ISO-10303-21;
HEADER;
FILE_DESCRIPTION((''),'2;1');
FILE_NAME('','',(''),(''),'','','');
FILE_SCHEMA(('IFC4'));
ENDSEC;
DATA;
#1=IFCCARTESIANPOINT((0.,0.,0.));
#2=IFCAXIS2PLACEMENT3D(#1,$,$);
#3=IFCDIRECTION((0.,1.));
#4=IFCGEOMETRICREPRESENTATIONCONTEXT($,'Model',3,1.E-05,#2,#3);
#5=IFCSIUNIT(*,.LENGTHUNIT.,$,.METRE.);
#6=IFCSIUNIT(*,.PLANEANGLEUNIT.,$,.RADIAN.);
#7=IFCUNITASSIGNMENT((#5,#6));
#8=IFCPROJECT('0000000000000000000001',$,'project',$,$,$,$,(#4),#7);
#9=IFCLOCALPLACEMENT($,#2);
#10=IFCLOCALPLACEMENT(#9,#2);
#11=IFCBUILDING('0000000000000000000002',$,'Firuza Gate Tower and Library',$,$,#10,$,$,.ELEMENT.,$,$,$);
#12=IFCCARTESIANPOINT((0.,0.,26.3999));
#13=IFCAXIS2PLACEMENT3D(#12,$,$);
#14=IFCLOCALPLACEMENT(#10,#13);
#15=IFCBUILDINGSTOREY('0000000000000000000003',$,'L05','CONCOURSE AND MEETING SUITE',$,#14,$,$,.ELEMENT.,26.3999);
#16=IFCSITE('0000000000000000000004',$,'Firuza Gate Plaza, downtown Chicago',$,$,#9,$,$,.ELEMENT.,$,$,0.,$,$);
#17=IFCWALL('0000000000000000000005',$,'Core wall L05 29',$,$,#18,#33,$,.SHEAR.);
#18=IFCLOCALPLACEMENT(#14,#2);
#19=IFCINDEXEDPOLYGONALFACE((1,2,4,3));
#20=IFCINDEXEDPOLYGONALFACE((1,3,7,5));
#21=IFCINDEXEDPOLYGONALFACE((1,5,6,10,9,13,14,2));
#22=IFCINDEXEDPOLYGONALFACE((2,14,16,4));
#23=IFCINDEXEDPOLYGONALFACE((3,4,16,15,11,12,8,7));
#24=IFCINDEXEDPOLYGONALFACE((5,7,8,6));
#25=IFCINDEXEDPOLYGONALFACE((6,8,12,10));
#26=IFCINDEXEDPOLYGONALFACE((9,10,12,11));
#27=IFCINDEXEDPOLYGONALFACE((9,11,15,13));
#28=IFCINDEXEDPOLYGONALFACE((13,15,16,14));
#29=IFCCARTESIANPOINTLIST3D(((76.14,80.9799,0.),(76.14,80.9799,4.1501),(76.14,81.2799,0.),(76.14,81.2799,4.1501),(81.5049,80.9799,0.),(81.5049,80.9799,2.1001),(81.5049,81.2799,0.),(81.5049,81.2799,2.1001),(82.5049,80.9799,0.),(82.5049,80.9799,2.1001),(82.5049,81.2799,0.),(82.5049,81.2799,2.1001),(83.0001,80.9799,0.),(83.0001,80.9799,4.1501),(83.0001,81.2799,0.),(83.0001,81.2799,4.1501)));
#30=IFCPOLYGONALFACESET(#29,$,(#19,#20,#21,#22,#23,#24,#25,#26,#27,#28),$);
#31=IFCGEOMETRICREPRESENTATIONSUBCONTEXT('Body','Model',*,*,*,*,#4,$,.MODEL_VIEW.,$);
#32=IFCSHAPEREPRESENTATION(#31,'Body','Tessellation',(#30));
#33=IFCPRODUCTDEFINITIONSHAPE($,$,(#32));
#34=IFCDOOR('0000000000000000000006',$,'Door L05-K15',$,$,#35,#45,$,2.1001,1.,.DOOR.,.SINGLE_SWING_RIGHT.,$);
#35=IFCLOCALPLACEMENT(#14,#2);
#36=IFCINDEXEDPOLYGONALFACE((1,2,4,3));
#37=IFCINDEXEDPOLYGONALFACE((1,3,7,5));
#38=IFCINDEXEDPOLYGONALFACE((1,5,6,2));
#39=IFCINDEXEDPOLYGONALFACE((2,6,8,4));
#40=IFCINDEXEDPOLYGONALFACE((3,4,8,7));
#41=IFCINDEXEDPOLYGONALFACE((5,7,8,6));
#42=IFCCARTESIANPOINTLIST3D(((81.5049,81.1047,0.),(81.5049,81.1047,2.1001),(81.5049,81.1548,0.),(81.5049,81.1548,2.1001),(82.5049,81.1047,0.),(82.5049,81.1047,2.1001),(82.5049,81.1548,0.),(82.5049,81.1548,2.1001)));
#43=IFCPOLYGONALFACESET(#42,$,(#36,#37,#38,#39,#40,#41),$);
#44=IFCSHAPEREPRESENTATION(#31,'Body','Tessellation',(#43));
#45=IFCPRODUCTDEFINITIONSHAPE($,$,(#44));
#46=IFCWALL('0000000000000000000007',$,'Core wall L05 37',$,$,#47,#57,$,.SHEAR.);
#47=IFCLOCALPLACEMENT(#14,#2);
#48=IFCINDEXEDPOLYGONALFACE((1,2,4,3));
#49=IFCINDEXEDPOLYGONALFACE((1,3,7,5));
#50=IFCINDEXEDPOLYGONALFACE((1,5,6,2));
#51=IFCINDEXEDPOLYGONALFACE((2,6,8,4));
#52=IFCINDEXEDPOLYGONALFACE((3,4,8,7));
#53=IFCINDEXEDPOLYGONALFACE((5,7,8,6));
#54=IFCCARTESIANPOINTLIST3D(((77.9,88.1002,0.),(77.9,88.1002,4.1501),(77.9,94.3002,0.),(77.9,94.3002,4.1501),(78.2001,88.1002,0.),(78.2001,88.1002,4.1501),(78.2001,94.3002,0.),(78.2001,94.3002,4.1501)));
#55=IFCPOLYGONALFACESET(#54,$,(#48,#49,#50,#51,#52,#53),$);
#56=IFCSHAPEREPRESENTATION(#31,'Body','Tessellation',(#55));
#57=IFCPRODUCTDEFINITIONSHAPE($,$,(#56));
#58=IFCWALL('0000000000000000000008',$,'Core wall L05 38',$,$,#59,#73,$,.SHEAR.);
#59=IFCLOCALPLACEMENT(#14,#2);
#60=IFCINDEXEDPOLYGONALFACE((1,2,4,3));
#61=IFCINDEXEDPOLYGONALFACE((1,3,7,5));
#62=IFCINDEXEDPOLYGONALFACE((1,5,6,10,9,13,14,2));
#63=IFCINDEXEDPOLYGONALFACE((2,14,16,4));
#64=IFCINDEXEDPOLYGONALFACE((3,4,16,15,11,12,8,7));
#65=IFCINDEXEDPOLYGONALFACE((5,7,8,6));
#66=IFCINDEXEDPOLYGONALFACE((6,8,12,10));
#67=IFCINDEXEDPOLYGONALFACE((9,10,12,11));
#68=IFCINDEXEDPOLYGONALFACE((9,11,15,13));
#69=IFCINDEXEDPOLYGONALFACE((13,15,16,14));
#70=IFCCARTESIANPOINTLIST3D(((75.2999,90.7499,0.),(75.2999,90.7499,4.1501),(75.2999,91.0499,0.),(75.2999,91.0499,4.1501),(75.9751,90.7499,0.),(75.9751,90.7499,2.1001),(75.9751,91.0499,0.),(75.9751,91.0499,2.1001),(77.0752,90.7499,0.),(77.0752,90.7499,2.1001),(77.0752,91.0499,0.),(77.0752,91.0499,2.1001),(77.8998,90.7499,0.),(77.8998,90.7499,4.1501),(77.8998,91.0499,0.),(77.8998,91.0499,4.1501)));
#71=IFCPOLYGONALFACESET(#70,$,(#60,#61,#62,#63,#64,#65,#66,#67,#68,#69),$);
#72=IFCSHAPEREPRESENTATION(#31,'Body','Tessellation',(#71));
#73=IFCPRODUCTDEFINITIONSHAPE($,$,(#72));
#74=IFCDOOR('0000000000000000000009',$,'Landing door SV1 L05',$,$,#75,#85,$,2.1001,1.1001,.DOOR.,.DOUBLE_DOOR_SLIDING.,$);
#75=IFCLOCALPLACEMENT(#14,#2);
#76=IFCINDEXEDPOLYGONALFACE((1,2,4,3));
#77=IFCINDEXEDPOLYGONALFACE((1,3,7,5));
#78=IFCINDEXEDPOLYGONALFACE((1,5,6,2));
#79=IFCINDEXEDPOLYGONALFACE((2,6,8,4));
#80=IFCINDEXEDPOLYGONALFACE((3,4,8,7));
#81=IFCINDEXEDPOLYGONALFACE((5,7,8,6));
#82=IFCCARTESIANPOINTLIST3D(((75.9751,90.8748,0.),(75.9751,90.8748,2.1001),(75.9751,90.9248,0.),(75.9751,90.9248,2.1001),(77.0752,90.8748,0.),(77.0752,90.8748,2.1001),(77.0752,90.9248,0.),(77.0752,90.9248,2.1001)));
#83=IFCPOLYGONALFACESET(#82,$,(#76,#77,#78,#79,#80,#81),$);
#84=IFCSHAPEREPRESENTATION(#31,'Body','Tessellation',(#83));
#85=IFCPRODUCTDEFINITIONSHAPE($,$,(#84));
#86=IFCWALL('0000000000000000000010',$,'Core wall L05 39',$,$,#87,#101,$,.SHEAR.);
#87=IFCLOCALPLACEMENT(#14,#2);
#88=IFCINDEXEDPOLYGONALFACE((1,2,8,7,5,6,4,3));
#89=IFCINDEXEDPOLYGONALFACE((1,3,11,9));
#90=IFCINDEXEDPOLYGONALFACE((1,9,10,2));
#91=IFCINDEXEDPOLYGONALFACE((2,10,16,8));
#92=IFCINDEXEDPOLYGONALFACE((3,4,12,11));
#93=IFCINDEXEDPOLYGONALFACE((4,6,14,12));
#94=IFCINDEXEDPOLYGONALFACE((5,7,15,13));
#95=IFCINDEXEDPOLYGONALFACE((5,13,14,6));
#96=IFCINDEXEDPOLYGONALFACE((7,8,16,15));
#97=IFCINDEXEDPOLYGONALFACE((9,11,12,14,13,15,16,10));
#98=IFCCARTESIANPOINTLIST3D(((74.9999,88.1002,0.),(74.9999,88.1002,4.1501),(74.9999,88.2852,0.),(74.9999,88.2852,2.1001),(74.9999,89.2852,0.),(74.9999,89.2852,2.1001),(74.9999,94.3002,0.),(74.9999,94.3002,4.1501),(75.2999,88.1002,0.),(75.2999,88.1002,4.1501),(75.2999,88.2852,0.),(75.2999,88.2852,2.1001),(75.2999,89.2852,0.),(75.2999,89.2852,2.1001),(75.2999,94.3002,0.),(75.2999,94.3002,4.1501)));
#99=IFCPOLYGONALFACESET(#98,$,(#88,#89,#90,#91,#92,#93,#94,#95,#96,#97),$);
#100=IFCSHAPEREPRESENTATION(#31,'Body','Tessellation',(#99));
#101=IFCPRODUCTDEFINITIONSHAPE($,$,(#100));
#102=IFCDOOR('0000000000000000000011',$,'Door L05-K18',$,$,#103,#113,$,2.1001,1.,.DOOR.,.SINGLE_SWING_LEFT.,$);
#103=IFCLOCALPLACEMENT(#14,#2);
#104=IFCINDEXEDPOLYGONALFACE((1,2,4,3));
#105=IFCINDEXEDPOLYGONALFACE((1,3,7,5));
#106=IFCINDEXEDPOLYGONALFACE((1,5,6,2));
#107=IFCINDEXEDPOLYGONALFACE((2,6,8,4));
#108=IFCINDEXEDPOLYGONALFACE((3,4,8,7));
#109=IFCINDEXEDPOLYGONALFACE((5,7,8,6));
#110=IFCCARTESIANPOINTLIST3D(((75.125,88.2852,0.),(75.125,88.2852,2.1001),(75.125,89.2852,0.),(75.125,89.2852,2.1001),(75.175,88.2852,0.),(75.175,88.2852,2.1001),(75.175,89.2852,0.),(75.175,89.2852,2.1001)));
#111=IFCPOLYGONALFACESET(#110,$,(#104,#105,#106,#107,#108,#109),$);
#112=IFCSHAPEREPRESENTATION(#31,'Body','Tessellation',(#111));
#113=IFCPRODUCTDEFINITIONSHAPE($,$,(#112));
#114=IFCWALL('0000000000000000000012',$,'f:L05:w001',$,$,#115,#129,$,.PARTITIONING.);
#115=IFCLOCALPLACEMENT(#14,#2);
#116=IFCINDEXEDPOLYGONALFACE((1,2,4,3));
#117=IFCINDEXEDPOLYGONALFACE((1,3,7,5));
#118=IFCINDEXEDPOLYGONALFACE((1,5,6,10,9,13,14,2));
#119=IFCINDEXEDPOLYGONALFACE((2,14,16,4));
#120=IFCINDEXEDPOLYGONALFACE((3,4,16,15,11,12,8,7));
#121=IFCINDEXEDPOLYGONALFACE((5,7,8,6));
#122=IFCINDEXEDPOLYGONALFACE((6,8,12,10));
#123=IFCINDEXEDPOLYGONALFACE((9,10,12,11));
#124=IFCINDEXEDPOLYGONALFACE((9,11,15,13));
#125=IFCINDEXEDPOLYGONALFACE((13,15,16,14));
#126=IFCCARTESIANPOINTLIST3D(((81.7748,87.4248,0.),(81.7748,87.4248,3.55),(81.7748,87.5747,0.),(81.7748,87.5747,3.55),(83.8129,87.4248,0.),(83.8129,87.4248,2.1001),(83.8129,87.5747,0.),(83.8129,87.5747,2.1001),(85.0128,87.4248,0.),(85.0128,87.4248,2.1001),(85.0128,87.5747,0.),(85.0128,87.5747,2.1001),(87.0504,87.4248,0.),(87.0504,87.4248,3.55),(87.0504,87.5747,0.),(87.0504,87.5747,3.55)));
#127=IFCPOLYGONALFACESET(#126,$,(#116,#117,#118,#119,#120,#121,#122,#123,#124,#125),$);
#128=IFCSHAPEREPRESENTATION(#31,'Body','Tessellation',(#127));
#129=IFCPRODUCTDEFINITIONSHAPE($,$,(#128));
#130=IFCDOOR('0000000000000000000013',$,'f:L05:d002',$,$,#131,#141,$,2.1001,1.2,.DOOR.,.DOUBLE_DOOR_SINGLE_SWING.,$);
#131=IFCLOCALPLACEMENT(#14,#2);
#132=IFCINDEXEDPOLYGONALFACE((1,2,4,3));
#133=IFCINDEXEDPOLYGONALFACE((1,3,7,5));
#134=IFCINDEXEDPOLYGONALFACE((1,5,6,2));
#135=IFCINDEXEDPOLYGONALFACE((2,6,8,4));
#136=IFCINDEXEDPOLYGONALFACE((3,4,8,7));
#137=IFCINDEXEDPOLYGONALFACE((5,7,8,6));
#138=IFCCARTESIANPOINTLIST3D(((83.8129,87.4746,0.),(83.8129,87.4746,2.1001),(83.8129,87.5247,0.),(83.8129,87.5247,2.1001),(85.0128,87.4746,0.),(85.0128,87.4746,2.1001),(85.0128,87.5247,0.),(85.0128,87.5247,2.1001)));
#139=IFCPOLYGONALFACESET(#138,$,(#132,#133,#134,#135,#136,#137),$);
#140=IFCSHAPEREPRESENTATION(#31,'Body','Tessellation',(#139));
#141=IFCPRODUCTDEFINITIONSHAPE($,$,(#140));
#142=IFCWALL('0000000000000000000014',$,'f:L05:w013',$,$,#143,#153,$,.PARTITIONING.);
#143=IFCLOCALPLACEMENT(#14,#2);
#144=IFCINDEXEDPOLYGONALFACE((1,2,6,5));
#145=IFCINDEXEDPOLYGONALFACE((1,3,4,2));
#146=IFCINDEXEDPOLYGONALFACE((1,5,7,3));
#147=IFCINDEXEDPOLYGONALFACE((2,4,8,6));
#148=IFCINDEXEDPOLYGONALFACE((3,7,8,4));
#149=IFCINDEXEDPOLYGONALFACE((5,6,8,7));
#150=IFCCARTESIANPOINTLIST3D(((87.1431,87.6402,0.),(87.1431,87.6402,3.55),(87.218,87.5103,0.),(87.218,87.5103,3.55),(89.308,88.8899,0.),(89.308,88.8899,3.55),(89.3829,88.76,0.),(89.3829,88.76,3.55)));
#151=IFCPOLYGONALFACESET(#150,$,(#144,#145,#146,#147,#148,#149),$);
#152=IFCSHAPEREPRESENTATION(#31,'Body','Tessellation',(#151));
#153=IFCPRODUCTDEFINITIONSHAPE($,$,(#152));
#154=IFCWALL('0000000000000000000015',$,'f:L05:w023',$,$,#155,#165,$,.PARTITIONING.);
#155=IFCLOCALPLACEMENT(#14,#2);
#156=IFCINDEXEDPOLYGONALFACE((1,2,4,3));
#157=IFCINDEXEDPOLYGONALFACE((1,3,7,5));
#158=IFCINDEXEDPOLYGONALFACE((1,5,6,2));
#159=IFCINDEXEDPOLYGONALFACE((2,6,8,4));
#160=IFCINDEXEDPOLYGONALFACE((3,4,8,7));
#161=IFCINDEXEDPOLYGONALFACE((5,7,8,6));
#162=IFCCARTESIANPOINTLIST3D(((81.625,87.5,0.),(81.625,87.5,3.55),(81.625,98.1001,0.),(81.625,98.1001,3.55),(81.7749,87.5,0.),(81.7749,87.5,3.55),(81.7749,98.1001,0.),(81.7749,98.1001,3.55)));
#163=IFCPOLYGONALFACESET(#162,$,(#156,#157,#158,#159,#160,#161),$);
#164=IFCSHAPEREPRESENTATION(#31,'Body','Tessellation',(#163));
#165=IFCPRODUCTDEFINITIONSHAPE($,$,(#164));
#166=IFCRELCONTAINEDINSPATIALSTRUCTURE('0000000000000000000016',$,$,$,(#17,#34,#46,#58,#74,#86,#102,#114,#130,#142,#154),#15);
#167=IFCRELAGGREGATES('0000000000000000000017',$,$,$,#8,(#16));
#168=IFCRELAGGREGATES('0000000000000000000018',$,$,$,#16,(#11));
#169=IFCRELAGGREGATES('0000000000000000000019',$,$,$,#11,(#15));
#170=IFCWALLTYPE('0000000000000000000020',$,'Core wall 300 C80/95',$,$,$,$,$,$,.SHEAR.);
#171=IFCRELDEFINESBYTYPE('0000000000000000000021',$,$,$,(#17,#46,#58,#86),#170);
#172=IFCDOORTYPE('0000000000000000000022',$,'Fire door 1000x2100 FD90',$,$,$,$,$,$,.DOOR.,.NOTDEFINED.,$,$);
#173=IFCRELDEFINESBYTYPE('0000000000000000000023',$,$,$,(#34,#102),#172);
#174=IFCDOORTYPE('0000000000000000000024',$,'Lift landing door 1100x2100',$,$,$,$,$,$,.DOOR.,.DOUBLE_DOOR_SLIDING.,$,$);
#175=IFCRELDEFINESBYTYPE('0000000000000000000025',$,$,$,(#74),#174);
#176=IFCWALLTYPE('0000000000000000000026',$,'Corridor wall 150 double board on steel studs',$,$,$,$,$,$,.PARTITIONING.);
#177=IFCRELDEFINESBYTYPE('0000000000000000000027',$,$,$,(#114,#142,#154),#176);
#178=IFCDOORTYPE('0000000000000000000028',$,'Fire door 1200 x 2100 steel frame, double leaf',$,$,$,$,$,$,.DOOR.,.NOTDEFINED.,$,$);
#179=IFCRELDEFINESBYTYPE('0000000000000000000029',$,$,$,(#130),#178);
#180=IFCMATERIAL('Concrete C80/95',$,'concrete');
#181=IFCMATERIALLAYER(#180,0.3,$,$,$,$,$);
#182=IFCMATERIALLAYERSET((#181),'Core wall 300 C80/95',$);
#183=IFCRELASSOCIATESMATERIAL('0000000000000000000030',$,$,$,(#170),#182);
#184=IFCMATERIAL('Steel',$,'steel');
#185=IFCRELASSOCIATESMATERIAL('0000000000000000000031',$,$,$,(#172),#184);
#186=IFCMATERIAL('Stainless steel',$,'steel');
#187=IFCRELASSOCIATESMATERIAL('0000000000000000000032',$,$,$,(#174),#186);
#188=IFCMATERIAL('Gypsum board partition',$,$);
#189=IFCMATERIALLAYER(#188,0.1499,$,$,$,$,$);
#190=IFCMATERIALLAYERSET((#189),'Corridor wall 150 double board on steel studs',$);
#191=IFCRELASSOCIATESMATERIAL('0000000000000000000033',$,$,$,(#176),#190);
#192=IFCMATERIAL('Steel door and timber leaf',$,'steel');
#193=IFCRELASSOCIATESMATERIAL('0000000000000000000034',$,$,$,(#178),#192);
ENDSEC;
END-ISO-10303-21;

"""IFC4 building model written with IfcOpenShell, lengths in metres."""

from ifc_helpers import new_model, si_unit, direction, frame, frame_2d, origin, place, context, subcontext, project, spatial, rectangle, extrude, material, layer, layer_set, type_object, element, fill, save


model = new_model("IFC4")

# Units and contexts
model_context = context("Model", 3, precision=1e-05, world=origin(), true_north=direction((0.0, 1.0)))
body_context = subcontext(model_context, "Body", "Model", "MODEL_VIEW")
ifc_project = project(units=[si_unit("LENGTHUNIT", "METRE"), si_unit("PLANEANGLEUNIT", "RADIAN")], contexts=[model_context])

# Site, building, storey
site_placement = place(None, origin())
site = spatial("IfcSite", under=ifc_project, at=site_placement, Name="Firuza Gate Plaza, downtown Chicago", CompositionType="ELEMENT", RefElevation=0.0)
building_placement = place(site_placement, origin())
building = spatial("IfcBuilding", under=site, at=building_placement, Name="Firuza Gate Tower and Library", CompositionType="ELEMENT")
storey_placement = place(building_placement, frame((0.0, 0.0, 26.3999)))
storey = spatial("IfcBuildingStorey", under=building, at=storey_placement, Name="L05", Description="CONCOURSE AND MEETING SUITE", CompositionType="ELEMENT", Elevation=26.3999)

# Wall, opening, door
ifc_material_1 = material(Name="Concrete C80/95", Category="concrete")
ifc_layer_1 = layer(ifc_material_1, 0.3)
ifc_layer_set_1 = layer_set([ifc_layer_1], Name="Core wall 300 C80/95")
wall_type_1 = type_object("IfcWallType", Name="Core wall 300 C80/95", PredefinedType="SHEAR", material=ifc_layer_set_1)
wall_1_placement = place(storey_placement, frame((76.1399, 81.1299, 0.0), z_axis=(0.0, 0.0, 1.0), x_axis=(1.0, 0.0, 0.0)))
wall_1 = element("IfcWall", 1, at=wall_1_placement, inside=storey, type_object=wall_type_1, Name="Core wall L05 29", PredefinedType="SHEAR", context=body_context, shape_type="SweptSolid", body=[
    extrude(rectangle(XDim=6.8601, YDim=0.3, at=frame_2d((3.4302, 0.0))), origin(), (0.0, 0.0, 1.0), 4.1501),
])
opening_1_placement = place(wall_1_placement, frame((5.365, 0.0, 0.0)))
opening_1 = element("IfcOpeningElement", 2, at=opening_1_placement, cuts=wall_1, PredefinedType="OPENING", context=body_context, shape_type="SweptSolid", body=[
    extrude(rectangle(XDim=1.0, YDim=2.1001, at=frame_2d((0.5, 1.05))), frame((0.0, 0.1602, 0.0), z_axis=(0.0, -1.0, 0.0), x_axis=(1.0, 0.0, 0.0)), (0.0, 0.0, 1.0), 0.3201),
])
ifc_material_2 = material(Name="Steel", Category="steel")
door_type_1 = type_object("IfcDoorType", Name="Fire door 1000x2100 FD90", OperationType="NOTDEFINED", PredefinedType="DOOR", material=ifc_material_2)
door_1_placement = place(opening_1_placement, origin())
door_1 = element("IfcDoor", 3, at=door_1_placement, inside=storey, type_object=door_type_1, Name="Door L05-K15", OperationType="SINGLE_SWING_RIGHT", OverallHeight=2.1001, OverallWidth=1.0, PredefinedType="DOOR", context=body_context, shape_type="SweptSolid", body=[
    extrude(rectangle(XDim=1.0, YDim=2.1001, at=frame_2d((0.5, 1.05))), frame((0.0, 0.0249, 0.0), z_axis=(0.0, -1.0, 0.0), x_axis=(1.0, 0.0, 0.0)), (0.0, 0.0, 1.0), 0.05),
])
fill(opening_1, door_1)

# Wall
wall_2_placement = place(storey_placement, frame((78.05, 88.1001, 0.0), z_axis=(0.0, 0.0, 1.0), x_axis=(0.0, 1.0, 0.0)))
element("IfcWall", 4, at=wall_2_placement, inside=storey, type_object=wall_type_1, Name="Core wall L05 37", PredefinedType="SHEAR", context=body_context, shape_type="SweptSolid", body=[
    extrude(rectangle(XDim=6.2, YDim=0.3, at=frame_2d((3.1001, 0.0))), origin(), (0.0, 0.0, 1.0), 4.1501),
])

# Walls, openings, doors
wall_3_placement = place(storey_placement, frame((75.3, 90.8999, 0.0), z_axis=(0.0, 0.0, 1.0), x_axis=(1.0, 0.0, 0.0)))
wall_3 = element("IfcWall", 5, at=wall_3_placement, inside=storey, type_object=wall_type_1, Name="Core wall L05 38", PredefinedType="SHEAR", context=body_context, shape_type="SweptSolid", body=[
    extrude(rectangle(XDim=2.5999, YDim=0.3, at=frame_2d((1.2998, 0.0))), origin(), (0.0, 0.0, 1.0), 4.1501),
])
opening_2_placement = place(wall_3_placement, frame((0.675, 0.0, 0.0)))
opening_2 = element("IfcOpeningElement", 6, at=opening_2_placement, cuts=wall_3, PredefinedType="OPENING", context=body_context, shape_type="SweptSolid", body=[
    extrude(rectangle(XDim=1.1001, YDim=2.1001, at=frame_2d((0.55, 1.05))), frame((0.0, 0.1602, 0.0), z_axis=(0.0, -1.0, 0.0), x_axis=(1.0, 0.0, 0.0)), (0.0, 0.0, 1.0), 0.3201),
])
ifc_material_3 = material(Name="Stainless steel", Category="steel")
door_type_2 = type_object("IfcDoorType", Name="Lift landing door 1100x2100", OperationType="DOUBLE_DOOR_SLIDING", PredefinedType="DOOR", material=ifc_material_3)
door_2_placement = place(opening_2_placement, origin())
door_2 = element("IfcDoor", 7, at=door_2_placement, inside=storey, type_object=door_type_2, Name="Landing door SV1 L05", OperationType="DOUBLE_DOOR_SLIDING", OverallHeight=2.1001, OverallWidth=1.1001, PredefinedType="DOOR", context=body_context, shape_type="SweptSolid", body=[
    extrude(rectangle(XDim=1.1001, YDim=2.1001, at=frame_2d((0.55, 1.05))), frame((0.0, 0.0249, 0.0), z_axis=(0.0, -1.0, 0.0), x_axis=(1.0, 0.0, 0.0)), (0.0, 0.0, 1.0), 0.05),
])
fill(opening_2, door_2)
wall_4_placement = place(storey_placement, frame((75.1499, 88.1001, 0.0), z_axis=(0.0, 0.0, 1.0), x_axis=(0.0, 1.0, 0.0)))
wall_4 = element("IfcWall", 8, at=wall_4_placement, inside=storey, type_object=wall_type_1, Name="Core wall L05 39", PredefinedType="SHEAR", context=body_context, shape_type="SweptSolid", body=[
    extrude(rectangle(XDim=6.2, YDim=0.3, at=frame_2d((3.1001, 0.0))), origin(), (0.0, 0.0, 1.0), 4.1501),
])
opening_3_placement = place(wall_4_placement, frame((0.1851, 0.0, 0.0)))
opening_3 = element("IfcOpeningElement", 9, at=opening_3_placement, cuts=wall_4, PredefinedType="OPENING", context=body_context, shape_type="SweptSolid", body=[
    extrude(rectangle(XDim=1.0, YDim=2.1001, at=frame_2d((0.5, 1.05))), frame((0.0, 0.1602, 0.0), z_axis=(0.0, -1.0, 0.0), x_axis=(1.0, 0.0, 0.0)), (0.0, 0.0, 1.0), 0.3201),
])
door_3_placement = place(opening_3_placement, origin())
door_3 = element("IfcDoor", 10, at=door_3_placement, inside=storey, type_object=door_type_1, Name="Door L05-K18", OperationType="SINGLE_SWING_LEFT", OverallHeight=2.1001, OverallWidth=1.0, PredefinedType="DOOR", context=body_context, shape_type="SweptSolid", body=[
    extrude(rectangle(XDim=1.0, YDim=2.1001, at=frame_2d((0.5, 1.05))), frame((0.0, 0.0249, 0.0), z_axis=(0.0, -1.0, 0.0), x_axis=(1.0, 0.0, 0.0)), (0.0, 0.0, 1.0), 0.05),
])
fill(opening_3, door_3)
ifc_material_4 = material(Name="Gypsum board partition")
ifc_layer_2 = layer(ifc_material_4, 0.1499)
ifc_layer_set_2 = layer_set([ifc_layer_2], Name="Corridor wall 150 double board on steel studs")
wall_type_2 = type_object("IfcWallType", Name="Corridor wall 150 double board on steel studs", PredefinedType="PARTITIONING", material=ifc_layer_set_2)
wall_5_placement = place(storey_placement, frame((81.7749, 87.4998, 0.0), z_axis=(0.0, 0.0, 1.0), x_axis=(1.0, 0.0, 0.0)))
wall_5 = element("IfcWall", 11, at=wall_5_placement, inside=storey, type_object=wall_type_2, Name="f:L05:w001", PredefinedType="PARTITIONING", context=body_context, shape_type="SweptSolid", body=[
    extrude(rectangle(XDim=5.2756, YDim=0.1499, at=frame_2d((2.6377, 0.0))), origin(), (0.0, 0.0, 1.0), 3.55),
])
opening_4_placement = place(wall_5_placement, frame((2.0378, 0.0, 0.0)))
opening_4 = element("IfcOpeningElement", 12, at=opening_4_placement, cuts=wall_5, PredefinedType="OPENING", context=body_context, shape_type="SweptSolid", body=[
    extrude(rectangle(XDim=1.2, YDim=2.1001, at=frame_2d((0.6001, 1.05))), frame((0.0, 0.085, 0.0), z_axis=(0.0, -1.0, 0.0), x_axis=(1.0, 0.0, 0.0)), (0.0, 0.0, 1.0), 0.1699),
])
ifc_material_5 = material(Name="Steel door and timber leaf", Category="steel")
door_type_3 = type_object("IfcDoorType", Name="Fire door 1200 x 2100 steel frame, double leaf", OperationType="NOTDEFINED", PredefinedType="DOOR", material=ifc_material_5)
door_4_placement = place(opening_4_placement, origin())
door_4 = element("IfcDoor", 13, at=door_4_placement, inside=storey, type_object=door_type_3, Name="f:L05:d002", OperationType="DOUBLE_DOOR_SINGLE_SWING", OverallHeight=2.1001, OverallWidth=1.2, PredefinedType="DOOR", context=body_context, shape_type="SweptSolid", body=[
    extrude(rectangle(XDim=1.2, YDim=2.1001, at=frame_2d((0.6001, 1.05))), frame((0.0, 0.0249, 0.0), z_axis=(0.0, -1.0, 0.0), x_axis=(1.0, 0.0, 0.0)), (0.0, 0.0, 1.0), 0.05),
])
fill(opening_4, door_4)

# Walls
wall_6_placement = place(storey_placement, frame((87.1804, 87.5752, 0.0), z_axis=(0.0, 0.0, 1.0), x_axis=(0.866065, 0.499931, 0.0)))
element("IfcWall", 14, at=wall_6_placement, inside=storey, type_object=wall_type_2, Name="f:L05:w013", PredefinedType="PARTITIONING", context=body_context, shape_type="SweptSolid", body=[
    extrude(rectangle(XDim=2.4998, YDim=0.1499, at=frame_2d((1.25, 0.0))), origin(), (0.0, 0.0, 1.0), 3.55),
])
wall_7_placement = place(storey_placement, frame((81.7, 87.5, 0.0), z_axis=(0.0, 0.0, 1.0), x_axis=(0.0, 1.0, 0.0)))
element("IfcWall", 15, at=wall_7_placement, inside=storey, type_object=wall_type_2, Name="f:L05:w023", PredefinedType="PARTITIONING", context=body_context, shape_type="SweptSolid", body=[
    extrude(rectangle(XDim=10.6001, YDim=0.1499, at=frame_2d((5.3, 0.0))), origin(), (0.0, 0.0, 1.0), 3.55),
])

save(model, "model.ifc")
